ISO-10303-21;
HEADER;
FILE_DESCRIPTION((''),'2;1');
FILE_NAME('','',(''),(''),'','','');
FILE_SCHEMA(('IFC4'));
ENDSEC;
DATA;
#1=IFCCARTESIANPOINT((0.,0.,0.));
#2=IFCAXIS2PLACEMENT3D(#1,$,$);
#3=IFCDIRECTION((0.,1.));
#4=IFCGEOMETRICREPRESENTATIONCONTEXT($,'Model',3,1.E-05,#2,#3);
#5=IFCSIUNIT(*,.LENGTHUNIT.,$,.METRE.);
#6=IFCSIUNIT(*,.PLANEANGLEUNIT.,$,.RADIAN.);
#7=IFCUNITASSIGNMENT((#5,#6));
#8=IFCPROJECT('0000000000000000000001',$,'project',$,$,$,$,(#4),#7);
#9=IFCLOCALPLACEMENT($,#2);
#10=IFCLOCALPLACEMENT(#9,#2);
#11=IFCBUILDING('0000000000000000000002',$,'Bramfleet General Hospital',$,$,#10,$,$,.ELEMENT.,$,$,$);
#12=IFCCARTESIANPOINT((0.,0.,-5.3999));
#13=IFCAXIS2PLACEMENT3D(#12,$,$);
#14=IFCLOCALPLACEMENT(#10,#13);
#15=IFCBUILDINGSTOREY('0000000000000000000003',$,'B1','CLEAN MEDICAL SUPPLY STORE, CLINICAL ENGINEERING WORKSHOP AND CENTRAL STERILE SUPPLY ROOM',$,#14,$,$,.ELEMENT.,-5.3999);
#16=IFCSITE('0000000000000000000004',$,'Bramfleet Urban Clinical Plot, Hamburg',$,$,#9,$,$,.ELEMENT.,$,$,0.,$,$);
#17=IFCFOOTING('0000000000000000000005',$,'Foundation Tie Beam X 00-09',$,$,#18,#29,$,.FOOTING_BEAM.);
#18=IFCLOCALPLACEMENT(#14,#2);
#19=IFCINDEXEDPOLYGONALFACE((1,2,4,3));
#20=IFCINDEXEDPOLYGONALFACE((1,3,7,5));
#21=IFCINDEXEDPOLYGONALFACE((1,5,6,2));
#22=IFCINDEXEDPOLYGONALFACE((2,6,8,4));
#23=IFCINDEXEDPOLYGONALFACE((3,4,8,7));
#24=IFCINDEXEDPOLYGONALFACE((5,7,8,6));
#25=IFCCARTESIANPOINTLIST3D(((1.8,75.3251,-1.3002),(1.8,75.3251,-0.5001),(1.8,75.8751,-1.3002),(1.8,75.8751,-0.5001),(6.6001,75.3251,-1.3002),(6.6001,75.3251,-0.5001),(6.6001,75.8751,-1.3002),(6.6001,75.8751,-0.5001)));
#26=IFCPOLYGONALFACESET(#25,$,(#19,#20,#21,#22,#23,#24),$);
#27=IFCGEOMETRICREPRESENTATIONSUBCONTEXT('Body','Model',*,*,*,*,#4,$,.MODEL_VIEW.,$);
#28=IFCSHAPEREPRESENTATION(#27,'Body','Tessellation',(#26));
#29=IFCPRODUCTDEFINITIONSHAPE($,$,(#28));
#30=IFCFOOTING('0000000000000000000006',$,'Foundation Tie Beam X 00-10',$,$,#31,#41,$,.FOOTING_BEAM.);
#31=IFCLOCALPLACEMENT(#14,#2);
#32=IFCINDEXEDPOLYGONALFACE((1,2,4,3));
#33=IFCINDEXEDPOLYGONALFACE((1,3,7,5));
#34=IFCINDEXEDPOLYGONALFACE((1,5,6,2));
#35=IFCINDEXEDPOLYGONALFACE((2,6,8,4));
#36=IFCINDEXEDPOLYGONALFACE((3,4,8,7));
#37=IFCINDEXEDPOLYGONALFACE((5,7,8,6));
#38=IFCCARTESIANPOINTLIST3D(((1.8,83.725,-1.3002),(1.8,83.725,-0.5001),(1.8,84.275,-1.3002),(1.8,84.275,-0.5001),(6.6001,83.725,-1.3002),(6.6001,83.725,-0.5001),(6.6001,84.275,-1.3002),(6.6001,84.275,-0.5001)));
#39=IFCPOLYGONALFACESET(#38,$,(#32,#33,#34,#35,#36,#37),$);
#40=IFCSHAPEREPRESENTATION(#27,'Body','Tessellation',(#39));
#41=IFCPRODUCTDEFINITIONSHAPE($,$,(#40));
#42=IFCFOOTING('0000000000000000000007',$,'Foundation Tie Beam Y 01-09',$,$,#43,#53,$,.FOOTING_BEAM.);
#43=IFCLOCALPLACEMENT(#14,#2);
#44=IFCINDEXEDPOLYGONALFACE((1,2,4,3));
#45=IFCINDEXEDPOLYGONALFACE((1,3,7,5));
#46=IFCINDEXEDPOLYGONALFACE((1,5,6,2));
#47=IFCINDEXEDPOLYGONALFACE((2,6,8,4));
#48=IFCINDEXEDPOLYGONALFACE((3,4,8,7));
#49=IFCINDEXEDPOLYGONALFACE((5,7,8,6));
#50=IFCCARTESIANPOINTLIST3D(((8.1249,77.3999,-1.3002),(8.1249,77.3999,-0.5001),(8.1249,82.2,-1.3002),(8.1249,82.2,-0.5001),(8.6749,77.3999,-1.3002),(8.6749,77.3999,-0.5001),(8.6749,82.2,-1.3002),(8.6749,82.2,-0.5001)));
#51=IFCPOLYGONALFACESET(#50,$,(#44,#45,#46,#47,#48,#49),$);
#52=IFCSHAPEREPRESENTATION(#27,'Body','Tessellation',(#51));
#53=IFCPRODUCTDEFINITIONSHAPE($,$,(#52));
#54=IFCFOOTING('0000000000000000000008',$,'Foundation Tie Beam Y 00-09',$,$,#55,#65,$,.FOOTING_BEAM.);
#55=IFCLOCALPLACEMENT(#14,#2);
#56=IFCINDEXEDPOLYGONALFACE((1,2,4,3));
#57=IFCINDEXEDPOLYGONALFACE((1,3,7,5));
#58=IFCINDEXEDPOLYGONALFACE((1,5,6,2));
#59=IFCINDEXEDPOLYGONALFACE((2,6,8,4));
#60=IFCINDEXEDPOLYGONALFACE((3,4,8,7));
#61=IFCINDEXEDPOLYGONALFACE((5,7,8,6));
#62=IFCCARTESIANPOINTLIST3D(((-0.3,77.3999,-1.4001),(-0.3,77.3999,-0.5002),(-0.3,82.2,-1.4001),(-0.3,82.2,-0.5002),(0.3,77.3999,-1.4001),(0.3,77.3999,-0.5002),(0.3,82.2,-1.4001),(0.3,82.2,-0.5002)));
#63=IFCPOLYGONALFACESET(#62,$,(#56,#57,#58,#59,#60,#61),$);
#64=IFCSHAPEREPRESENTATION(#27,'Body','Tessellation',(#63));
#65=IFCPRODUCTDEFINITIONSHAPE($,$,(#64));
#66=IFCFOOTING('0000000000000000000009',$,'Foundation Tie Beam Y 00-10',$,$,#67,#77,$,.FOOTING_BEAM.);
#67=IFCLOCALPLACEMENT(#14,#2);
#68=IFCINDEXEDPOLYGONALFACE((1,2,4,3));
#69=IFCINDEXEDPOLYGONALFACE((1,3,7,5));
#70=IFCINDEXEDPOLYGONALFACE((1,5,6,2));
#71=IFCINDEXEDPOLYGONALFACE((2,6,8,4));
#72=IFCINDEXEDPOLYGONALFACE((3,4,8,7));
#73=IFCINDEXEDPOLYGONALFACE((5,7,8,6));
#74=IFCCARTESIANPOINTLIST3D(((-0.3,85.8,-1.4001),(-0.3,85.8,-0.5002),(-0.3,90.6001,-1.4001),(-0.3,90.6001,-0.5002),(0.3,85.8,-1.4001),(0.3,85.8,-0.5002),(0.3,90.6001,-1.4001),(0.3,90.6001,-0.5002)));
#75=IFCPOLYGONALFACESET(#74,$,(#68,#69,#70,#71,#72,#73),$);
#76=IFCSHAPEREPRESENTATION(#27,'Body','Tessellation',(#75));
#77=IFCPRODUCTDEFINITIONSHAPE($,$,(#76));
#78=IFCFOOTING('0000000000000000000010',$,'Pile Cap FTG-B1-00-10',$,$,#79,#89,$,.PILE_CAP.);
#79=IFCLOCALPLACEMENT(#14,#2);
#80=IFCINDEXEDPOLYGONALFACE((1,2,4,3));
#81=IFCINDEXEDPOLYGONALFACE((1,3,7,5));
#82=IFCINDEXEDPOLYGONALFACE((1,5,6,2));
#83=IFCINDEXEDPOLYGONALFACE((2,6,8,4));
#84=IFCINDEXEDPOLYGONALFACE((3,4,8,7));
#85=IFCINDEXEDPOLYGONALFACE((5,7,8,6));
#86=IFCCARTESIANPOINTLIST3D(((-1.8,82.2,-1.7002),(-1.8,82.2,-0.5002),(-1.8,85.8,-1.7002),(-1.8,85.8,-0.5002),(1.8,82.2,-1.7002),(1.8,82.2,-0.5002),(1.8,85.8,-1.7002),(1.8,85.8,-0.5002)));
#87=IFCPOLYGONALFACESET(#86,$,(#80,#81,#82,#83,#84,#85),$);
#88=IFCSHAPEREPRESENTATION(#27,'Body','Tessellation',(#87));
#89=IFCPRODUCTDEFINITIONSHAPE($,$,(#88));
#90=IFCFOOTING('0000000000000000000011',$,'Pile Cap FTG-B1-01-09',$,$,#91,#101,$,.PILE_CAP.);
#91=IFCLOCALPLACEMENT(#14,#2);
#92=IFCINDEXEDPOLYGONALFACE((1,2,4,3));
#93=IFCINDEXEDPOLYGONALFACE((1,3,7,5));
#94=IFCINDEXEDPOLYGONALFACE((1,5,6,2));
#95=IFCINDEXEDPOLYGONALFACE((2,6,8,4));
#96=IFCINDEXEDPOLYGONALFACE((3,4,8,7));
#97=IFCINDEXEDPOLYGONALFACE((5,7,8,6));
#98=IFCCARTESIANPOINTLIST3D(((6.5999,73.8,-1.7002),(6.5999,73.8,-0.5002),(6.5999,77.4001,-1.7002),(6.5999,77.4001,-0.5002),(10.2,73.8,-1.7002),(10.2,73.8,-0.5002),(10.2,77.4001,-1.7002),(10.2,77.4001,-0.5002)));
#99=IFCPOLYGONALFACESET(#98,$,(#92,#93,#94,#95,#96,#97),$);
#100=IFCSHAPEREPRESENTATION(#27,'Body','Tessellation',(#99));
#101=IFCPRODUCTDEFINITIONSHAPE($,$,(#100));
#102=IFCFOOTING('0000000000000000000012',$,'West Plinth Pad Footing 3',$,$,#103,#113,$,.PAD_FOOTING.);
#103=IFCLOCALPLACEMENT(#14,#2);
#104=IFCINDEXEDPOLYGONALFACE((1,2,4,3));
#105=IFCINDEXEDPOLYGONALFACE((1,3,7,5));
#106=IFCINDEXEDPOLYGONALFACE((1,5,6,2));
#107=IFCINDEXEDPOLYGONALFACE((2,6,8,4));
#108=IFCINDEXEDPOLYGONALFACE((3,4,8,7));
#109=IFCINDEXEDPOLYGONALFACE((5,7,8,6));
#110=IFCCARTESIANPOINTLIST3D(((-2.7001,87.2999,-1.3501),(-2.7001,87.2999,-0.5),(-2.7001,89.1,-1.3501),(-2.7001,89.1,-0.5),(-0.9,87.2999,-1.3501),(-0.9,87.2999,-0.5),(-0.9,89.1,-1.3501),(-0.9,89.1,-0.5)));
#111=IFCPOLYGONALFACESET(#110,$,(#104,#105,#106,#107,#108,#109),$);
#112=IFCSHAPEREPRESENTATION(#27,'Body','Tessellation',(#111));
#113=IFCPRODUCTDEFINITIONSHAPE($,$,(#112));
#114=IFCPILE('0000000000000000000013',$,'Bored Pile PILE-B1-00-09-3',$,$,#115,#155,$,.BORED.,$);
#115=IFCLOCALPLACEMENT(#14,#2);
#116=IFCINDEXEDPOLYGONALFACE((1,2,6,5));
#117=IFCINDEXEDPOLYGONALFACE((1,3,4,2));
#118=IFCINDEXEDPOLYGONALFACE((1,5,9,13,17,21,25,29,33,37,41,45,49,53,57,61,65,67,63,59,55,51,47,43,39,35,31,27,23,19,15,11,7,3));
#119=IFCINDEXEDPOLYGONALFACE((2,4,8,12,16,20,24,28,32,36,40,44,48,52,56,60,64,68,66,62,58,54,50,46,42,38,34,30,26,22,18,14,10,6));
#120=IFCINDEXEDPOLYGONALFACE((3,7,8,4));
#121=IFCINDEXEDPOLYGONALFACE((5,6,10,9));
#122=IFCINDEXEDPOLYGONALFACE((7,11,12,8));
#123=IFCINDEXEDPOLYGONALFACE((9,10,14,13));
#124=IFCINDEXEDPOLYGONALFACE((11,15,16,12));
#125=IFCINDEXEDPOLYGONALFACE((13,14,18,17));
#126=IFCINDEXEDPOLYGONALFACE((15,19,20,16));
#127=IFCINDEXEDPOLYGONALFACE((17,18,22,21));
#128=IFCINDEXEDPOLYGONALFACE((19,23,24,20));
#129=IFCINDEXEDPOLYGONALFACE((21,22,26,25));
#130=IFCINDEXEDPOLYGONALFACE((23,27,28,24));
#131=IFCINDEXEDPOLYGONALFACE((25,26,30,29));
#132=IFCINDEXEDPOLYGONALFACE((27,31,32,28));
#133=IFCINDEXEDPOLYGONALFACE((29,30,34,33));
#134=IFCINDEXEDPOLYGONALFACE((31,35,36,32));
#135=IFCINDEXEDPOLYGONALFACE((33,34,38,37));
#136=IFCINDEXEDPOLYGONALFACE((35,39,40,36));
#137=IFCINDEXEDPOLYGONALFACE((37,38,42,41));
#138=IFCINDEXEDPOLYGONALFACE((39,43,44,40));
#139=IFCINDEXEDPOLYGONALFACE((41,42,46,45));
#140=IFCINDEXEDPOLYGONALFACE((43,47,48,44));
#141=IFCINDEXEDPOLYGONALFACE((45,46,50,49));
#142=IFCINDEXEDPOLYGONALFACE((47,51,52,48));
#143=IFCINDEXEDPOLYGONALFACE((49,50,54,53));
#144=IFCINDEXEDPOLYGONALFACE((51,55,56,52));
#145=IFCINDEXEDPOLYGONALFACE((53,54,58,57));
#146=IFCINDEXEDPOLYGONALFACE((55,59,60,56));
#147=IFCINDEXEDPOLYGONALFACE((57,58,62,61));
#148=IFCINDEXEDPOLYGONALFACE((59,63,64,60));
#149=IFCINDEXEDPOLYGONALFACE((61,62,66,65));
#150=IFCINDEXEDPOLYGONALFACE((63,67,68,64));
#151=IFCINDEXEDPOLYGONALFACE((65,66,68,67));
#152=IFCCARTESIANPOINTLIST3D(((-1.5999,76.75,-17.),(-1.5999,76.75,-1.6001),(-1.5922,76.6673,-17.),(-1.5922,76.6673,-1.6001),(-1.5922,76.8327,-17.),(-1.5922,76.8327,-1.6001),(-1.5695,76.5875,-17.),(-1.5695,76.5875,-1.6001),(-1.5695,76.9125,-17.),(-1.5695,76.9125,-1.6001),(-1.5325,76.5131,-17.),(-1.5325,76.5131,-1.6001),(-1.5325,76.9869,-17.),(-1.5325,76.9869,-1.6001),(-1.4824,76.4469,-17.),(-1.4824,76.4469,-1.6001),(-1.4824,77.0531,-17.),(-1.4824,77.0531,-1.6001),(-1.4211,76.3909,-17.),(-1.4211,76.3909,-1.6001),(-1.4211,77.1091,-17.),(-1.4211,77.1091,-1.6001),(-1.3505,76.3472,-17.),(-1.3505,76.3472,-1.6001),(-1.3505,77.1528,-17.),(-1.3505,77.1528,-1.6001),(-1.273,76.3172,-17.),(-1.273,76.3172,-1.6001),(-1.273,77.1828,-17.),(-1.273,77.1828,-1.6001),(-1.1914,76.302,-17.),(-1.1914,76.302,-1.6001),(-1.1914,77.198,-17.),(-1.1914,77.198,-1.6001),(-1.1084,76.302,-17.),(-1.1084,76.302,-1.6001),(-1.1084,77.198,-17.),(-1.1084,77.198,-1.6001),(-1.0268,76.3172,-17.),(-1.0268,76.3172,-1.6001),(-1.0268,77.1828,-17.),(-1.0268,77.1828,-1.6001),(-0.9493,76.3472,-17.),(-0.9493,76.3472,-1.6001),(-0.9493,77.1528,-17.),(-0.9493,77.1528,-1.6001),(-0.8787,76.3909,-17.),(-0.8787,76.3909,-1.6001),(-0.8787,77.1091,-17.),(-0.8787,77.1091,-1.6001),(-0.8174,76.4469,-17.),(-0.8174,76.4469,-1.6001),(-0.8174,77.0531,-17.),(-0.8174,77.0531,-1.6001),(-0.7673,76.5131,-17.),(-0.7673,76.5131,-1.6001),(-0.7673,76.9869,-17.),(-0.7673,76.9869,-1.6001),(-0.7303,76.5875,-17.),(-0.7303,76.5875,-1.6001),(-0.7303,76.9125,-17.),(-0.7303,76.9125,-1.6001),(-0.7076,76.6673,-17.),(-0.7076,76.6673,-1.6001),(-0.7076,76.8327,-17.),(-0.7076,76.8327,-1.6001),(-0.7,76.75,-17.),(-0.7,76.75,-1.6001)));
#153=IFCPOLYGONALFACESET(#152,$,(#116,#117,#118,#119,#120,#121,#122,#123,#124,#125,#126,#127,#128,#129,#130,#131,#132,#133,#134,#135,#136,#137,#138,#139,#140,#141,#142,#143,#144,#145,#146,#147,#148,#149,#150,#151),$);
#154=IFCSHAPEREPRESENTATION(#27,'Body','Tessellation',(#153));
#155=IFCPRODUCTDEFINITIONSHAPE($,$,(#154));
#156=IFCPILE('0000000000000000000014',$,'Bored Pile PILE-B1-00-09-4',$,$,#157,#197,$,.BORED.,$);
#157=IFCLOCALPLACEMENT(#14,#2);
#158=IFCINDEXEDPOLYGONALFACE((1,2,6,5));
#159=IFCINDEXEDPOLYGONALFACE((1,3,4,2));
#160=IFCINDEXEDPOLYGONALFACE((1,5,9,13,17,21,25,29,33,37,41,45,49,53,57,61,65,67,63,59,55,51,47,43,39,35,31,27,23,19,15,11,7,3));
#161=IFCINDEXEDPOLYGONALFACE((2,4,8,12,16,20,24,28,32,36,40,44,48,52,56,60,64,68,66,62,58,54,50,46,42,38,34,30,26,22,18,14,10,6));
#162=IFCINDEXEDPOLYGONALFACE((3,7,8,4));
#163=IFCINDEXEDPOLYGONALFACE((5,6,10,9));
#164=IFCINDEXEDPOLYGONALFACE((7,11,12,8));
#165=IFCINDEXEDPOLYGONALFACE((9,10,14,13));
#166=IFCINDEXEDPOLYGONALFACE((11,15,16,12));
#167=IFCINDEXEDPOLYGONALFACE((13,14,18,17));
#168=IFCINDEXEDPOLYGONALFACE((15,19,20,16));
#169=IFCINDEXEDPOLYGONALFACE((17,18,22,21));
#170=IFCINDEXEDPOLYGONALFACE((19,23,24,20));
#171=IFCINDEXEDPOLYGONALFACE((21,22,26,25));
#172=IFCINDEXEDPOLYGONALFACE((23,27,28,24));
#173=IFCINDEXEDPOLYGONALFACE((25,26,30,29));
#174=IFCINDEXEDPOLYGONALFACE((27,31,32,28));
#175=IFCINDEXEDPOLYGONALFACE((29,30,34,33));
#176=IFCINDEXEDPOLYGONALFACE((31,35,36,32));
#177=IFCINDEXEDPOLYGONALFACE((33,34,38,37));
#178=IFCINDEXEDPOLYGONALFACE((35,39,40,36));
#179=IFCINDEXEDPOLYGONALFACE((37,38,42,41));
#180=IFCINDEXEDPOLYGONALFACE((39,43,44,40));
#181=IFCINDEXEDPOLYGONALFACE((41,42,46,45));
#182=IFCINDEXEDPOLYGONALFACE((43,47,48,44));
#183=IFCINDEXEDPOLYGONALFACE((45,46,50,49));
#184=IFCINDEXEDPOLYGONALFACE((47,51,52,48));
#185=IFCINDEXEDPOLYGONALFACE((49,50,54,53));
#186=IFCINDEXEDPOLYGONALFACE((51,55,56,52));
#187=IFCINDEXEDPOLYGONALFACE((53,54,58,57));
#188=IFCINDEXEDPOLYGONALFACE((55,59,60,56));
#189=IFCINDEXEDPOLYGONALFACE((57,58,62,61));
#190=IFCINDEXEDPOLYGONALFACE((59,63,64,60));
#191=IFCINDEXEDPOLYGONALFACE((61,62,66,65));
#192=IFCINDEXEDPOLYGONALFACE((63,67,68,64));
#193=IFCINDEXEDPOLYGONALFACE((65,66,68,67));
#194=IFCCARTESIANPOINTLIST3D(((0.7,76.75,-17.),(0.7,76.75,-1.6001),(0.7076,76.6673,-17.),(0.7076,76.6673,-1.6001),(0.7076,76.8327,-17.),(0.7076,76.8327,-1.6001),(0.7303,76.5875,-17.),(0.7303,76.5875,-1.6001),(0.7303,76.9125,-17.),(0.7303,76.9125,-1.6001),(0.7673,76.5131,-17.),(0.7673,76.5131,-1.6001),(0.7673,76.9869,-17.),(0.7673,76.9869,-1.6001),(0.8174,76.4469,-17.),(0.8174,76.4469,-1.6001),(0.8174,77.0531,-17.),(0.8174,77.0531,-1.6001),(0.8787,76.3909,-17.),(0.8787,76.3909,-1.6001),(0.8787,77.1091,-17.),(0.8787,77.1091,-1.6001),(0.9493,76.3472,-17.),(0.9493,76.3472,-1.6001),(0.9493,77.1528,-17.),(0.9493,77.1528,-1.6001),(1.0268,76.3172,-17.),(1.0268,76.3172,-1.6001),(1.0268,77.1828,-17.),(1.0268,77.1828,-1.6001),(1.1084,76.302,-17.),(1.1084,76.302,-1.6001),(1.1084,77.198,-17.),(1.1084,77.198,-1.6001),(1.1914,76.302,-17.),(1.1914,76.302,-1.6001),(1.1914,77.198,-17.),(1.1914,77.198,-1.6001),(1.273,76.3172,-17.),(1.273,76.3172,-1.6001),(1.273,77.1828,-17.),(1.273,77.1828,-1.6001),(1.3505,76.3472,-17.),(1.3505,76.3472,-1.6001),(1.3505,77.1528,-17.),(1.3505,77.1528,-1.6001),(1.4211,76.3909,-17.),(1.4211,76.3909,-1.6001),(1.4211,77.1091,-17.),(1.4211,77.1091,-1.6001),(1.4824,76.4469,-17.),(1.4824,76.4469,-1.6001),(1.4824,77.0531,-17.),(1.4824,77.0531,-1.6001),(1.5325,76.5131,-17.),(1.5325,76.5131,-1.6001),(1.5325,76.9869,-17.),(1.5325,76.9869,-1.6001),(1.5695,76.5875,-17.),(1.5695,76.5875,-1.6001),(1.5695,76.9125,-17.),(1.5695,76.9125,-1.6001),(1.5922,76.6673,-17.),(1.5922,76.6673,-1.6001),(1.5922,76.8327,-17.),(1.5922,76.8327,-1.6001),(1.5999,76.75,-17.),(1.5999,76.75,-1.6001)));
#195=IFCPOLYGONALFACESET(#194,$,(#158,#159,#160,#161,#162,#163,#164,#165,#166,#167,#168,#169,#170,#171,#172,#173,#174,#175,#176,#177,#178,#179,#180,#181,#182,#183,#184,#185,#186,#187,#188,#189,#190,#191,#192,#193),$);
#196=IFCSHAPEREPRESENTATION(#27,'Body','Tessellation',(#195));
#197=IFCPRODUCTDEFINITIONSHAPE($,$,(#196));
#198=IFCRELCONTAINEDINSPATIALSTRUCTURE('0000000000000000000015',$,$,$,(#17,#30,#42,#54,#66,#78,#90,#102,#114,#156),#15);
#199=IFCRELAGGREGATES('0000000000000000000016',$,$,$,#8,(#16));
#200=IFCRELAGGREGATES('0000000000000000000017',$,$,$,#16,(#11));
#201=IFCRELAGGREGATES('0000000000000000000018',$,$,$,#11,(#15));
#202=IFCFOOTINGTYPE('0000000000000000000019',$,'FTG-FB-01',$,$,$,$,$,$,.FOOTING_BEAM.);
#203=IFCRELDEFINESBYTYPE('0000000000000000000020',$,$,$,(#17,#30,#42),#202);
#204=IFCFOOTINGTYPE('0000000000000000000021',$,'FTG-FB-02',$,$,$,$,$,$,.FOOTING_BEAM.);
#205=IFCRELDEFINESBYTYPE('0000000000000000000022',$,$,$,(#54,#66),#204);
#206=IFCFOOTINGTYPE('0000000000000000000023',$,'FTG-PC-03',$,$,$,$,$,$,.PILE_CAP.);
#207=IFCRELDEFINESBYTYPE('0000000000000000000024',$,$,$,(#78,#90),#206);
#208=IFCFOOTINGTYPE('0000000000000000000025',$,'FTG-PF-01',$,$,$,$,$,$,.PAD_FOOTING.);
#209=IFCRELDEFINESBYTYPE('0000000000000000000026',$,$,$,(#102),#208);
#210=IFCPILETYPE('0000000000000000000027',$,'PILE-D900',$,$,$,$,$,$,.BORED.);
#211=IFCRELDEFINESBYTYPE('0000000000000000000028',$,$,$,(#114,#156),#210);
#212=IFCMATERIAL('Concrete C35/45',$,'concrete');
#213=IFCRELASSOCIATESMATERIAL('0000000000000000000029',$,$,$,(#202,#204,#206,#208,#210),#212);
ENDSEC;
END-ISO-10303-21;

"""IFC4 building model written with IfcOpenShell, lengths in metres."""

from ifc_helpers import new_model, si_unit, direction, frame, origin, origin_2d, place, context, subcontext, project, spatial, rectangle, circle, extrude, material, material_profile, profile_set, type_object, element, save


model = new_model("IFC4")

# Units and contexts
model_context = context("Model", 3, precision=1e-05, world=origin(), true_north=direction((0.0, 1.0)))
body_context = subcontext(model_context, "Body", "Model", "MODEL_VIEW")
ifc_project = project(units=[si_unit("LENGTHUNIT", "METRE"), si_unit("PLANEANGLEUNIT", "RADIAN")], contexts=[model_context])

# Site, building, storey
site_placement = place(None, origin())
site = spatial("IfcSite", under=ifc_project, at=site_placement, Name="Bramfleet Urban Clinical Plot, Hamburg", CompositionType="ELEMENT", RefElevation=0.0)
building_placement = place(site_placement, origin())
building = spatial("IfcBuilding", under=site, at=building_placement, Name="Bramfleet General Hospital", CompositionType="ELEMENT")
storey_placement = place(building_placement, frame((0.0, 0.0, -5.3999)))
storey = spatial("IfcBuildingStorey", under=building, at=storey_placement, Name="B1", Description="CLEAN MEDICAL SUPPLY STORE, CLINICAL ENGINEERING WORKSHOP AND CENTRAL STERILE SUPPLY ROOM", CompositionType="ELEMENT", Elevation=-5.3999)

# Footings
ifc_material_1 = material(Name="Concrete C35/45", Category="concrete")
ifc_material_profile_1 = material_profile(ifc_material_1, rectangle(XDim=0.55, YDim=0.8, at=origin_2d()), Name="RC FB 800x550")
ifc_profile_set_1 = profile_set([ifc_material_profile_1], Name="Concrete C35/45")
footing_type_1 = type_object("IfcFootingType", Name="FTG-FB-01", PredefinedType="FOOTING_BEAM", material=ifc_profile_set_1)
for number, where, z_axis, x_axis, name in (
    (1, (1.8, 75.6001, -0.9001), (1.0, 0.0, 0.0), (0.0, 1.0, 0.0), "Foundation Tie Beam X 00-09"),
    (2, (1.8, 84.0, -0.9001), (1.0, 0.0, 0.0), (0.0, 1.0, 0.0), "Foundation Tie Beam X 00-10"),
    (3, (8.3999, 77.3999, -0.9001), (0.0, 1.0, 0.0), (-1.0, 0.0, 0.0), "Foundation Tie Beam Y 01-09"),
):
    element("IfcFooting", number, at=place(storey_placement, frame(where, z_axis=z_axis, x_axis=x_axis)), inside=storey, type_object=footing_type_1, Name=name, PredefinedType="FOOTING_BEAM", context=body_context, shape_type="SweptSolid", body=[
        extrude(rectangle(XDim=0.55, YDim=0.8, at=origin_2d()), origin(), (0.0, 0.0, 1.0), 4.8),
    ])
ifc_material_profile_2 = material_profile(ifc_material_1, rectangle(XDim=0.6001, YDim=0.8999, at=origin_2d()), Name="RC FB 900x600")
ifc_profile_set_2 = profile_set([ifc_material_profile_2], Name="Concrete C35/45")
footing_type_2 = type_object("IfcFootingType", Name="FTG-FB-02", PredefinedType="FOOTING_BEAM", material=ifc_profile_set_2)
for number, where, z_axis, x_axis, name in (
    (4, (0.0, 77.3999, -0.9502), (0.0, 1.0, 0.0), (-1.0, 0.0, 0.0), "Foundation Tie Beam Y 00-09"),
    (5, (0.0, 85.8, -0.9502), (0.0, 1.0, 0.0), (-1.0, 0.0, 0.0), "Foundation Tie Beam Y 00-10"),
):
    element("IfcFooting", number, at=place(storey_placement, frame(where, z_axis=z_axis, x_axis=x_axis)), inside=storey, type_object=footing_type_2, Name=name, PredefinedType="FOOTING_BEAM", context=body_context, shape_type="SweptSolid", body=[
        extrude(rectangle(XDim=0.6001, YDim=0.8999, at=origin_2d()), origin(), (0.0, 0.0, 1.0), 4.8),
    ])
footing_type_3 = type_object("IfcFootingType", Name="FTG-PC-03", PredefinedType="PILE_CAP", material=ifc_material_1)
for number, where, z_axis, x_axis, name in (
    (6, (0.0, 84.0, -1.7002), (0.0, 0.0, 1.0), (1.0, 0.0, 0.0), "Pile Cap FTG-B1-00-10"),
    (7, (8.3999, 75.6001, -1.7002), (0.0, 0.0, 1.0), (1.0, 0.0, 0.0), "Pile Cap FTG-B1-01-09"),
):
    element("IfcFooting", number, at=place(storey_placement, frame(where, z_axis=z_axis, x_axis=x_axis)), inside=storey, type_object=footing_type_3, Name=name, PredefinedType="PILE_CAP", context=body_context, shape_type="SweptSolid", body=[
        extrude(rectangle(XDim=3.6001, YDim=3.6001, at=origin_2d()), origin(), (0.0, 0.0, 1.0), 1.2),
    ])
footing_type_4 = type_object("IfcFootingType", Name="FTG-PF-01", PredefinedType="PAD_FOOTING", material=ifc_material_1)
footing_placement = place(storey_placement, frame((-1.8, 88.2, -1.3501), z_axis=(0.0, 0.0, 1.0), x_axis=(1.0, 0.0, 0.0)))
element("IfcFooting", 8, at=footing_placement, inside=storey, type_object=footing_type_4, Name="West Plinth Pad Footing 3", PredefinedType="PAD_FOOTING", context=body_context, shape_type="SweptSolid", body=[
    extrude(rectangle(XDim=1.8, YDim=1.8, at=origin_2d()), origin(), (0.0, 0.0, 1.0), 0.8501),
])

# Piles
ifc_material_profile_3 = material_profile(ifc_material_1, circle(Radius=0.45, at=origin_2d()), Name="PILE BORED D900")
ifc_profile_set_3 = profile_set([ifc_material_profile_3], Name="Concrete C35/45")
pile_type = type_object("IfcPileType", Name="PILE-D900", PredefinedType="BORED", material=ifc_profile_set_3)
for number, where, z_axis, x_axis, name in (
    (9, (-1.1499, 76.75, -1.6001), (0.0, 0.0, -1.0), (1.0, 0.0, 0.0), "Bored Pile PILE-B1-00-09-3"),
    (10, (1.1499, 76.75, -1.6001), (0.0, 0.0, -1.0), (1.0, 0.0, 0.0), "Bored Pile PILE-B1-00-09-4"),
):
    element("IfcPile", number, at=place(storey_placement, frame(where, z_axis=z_axis, x_axis=x_axis)), inside=storey, type_object=pile_type, Name=name, PredefinedType="BORED", context=body_context, shape_type="SweptSolid", body=[
        extrude(circle(Radius=0.45, at=origin_2d()), origin(), (0.0, 0.0, 1.0), 15.3999),
    ])

save(model, "model.ifc")
